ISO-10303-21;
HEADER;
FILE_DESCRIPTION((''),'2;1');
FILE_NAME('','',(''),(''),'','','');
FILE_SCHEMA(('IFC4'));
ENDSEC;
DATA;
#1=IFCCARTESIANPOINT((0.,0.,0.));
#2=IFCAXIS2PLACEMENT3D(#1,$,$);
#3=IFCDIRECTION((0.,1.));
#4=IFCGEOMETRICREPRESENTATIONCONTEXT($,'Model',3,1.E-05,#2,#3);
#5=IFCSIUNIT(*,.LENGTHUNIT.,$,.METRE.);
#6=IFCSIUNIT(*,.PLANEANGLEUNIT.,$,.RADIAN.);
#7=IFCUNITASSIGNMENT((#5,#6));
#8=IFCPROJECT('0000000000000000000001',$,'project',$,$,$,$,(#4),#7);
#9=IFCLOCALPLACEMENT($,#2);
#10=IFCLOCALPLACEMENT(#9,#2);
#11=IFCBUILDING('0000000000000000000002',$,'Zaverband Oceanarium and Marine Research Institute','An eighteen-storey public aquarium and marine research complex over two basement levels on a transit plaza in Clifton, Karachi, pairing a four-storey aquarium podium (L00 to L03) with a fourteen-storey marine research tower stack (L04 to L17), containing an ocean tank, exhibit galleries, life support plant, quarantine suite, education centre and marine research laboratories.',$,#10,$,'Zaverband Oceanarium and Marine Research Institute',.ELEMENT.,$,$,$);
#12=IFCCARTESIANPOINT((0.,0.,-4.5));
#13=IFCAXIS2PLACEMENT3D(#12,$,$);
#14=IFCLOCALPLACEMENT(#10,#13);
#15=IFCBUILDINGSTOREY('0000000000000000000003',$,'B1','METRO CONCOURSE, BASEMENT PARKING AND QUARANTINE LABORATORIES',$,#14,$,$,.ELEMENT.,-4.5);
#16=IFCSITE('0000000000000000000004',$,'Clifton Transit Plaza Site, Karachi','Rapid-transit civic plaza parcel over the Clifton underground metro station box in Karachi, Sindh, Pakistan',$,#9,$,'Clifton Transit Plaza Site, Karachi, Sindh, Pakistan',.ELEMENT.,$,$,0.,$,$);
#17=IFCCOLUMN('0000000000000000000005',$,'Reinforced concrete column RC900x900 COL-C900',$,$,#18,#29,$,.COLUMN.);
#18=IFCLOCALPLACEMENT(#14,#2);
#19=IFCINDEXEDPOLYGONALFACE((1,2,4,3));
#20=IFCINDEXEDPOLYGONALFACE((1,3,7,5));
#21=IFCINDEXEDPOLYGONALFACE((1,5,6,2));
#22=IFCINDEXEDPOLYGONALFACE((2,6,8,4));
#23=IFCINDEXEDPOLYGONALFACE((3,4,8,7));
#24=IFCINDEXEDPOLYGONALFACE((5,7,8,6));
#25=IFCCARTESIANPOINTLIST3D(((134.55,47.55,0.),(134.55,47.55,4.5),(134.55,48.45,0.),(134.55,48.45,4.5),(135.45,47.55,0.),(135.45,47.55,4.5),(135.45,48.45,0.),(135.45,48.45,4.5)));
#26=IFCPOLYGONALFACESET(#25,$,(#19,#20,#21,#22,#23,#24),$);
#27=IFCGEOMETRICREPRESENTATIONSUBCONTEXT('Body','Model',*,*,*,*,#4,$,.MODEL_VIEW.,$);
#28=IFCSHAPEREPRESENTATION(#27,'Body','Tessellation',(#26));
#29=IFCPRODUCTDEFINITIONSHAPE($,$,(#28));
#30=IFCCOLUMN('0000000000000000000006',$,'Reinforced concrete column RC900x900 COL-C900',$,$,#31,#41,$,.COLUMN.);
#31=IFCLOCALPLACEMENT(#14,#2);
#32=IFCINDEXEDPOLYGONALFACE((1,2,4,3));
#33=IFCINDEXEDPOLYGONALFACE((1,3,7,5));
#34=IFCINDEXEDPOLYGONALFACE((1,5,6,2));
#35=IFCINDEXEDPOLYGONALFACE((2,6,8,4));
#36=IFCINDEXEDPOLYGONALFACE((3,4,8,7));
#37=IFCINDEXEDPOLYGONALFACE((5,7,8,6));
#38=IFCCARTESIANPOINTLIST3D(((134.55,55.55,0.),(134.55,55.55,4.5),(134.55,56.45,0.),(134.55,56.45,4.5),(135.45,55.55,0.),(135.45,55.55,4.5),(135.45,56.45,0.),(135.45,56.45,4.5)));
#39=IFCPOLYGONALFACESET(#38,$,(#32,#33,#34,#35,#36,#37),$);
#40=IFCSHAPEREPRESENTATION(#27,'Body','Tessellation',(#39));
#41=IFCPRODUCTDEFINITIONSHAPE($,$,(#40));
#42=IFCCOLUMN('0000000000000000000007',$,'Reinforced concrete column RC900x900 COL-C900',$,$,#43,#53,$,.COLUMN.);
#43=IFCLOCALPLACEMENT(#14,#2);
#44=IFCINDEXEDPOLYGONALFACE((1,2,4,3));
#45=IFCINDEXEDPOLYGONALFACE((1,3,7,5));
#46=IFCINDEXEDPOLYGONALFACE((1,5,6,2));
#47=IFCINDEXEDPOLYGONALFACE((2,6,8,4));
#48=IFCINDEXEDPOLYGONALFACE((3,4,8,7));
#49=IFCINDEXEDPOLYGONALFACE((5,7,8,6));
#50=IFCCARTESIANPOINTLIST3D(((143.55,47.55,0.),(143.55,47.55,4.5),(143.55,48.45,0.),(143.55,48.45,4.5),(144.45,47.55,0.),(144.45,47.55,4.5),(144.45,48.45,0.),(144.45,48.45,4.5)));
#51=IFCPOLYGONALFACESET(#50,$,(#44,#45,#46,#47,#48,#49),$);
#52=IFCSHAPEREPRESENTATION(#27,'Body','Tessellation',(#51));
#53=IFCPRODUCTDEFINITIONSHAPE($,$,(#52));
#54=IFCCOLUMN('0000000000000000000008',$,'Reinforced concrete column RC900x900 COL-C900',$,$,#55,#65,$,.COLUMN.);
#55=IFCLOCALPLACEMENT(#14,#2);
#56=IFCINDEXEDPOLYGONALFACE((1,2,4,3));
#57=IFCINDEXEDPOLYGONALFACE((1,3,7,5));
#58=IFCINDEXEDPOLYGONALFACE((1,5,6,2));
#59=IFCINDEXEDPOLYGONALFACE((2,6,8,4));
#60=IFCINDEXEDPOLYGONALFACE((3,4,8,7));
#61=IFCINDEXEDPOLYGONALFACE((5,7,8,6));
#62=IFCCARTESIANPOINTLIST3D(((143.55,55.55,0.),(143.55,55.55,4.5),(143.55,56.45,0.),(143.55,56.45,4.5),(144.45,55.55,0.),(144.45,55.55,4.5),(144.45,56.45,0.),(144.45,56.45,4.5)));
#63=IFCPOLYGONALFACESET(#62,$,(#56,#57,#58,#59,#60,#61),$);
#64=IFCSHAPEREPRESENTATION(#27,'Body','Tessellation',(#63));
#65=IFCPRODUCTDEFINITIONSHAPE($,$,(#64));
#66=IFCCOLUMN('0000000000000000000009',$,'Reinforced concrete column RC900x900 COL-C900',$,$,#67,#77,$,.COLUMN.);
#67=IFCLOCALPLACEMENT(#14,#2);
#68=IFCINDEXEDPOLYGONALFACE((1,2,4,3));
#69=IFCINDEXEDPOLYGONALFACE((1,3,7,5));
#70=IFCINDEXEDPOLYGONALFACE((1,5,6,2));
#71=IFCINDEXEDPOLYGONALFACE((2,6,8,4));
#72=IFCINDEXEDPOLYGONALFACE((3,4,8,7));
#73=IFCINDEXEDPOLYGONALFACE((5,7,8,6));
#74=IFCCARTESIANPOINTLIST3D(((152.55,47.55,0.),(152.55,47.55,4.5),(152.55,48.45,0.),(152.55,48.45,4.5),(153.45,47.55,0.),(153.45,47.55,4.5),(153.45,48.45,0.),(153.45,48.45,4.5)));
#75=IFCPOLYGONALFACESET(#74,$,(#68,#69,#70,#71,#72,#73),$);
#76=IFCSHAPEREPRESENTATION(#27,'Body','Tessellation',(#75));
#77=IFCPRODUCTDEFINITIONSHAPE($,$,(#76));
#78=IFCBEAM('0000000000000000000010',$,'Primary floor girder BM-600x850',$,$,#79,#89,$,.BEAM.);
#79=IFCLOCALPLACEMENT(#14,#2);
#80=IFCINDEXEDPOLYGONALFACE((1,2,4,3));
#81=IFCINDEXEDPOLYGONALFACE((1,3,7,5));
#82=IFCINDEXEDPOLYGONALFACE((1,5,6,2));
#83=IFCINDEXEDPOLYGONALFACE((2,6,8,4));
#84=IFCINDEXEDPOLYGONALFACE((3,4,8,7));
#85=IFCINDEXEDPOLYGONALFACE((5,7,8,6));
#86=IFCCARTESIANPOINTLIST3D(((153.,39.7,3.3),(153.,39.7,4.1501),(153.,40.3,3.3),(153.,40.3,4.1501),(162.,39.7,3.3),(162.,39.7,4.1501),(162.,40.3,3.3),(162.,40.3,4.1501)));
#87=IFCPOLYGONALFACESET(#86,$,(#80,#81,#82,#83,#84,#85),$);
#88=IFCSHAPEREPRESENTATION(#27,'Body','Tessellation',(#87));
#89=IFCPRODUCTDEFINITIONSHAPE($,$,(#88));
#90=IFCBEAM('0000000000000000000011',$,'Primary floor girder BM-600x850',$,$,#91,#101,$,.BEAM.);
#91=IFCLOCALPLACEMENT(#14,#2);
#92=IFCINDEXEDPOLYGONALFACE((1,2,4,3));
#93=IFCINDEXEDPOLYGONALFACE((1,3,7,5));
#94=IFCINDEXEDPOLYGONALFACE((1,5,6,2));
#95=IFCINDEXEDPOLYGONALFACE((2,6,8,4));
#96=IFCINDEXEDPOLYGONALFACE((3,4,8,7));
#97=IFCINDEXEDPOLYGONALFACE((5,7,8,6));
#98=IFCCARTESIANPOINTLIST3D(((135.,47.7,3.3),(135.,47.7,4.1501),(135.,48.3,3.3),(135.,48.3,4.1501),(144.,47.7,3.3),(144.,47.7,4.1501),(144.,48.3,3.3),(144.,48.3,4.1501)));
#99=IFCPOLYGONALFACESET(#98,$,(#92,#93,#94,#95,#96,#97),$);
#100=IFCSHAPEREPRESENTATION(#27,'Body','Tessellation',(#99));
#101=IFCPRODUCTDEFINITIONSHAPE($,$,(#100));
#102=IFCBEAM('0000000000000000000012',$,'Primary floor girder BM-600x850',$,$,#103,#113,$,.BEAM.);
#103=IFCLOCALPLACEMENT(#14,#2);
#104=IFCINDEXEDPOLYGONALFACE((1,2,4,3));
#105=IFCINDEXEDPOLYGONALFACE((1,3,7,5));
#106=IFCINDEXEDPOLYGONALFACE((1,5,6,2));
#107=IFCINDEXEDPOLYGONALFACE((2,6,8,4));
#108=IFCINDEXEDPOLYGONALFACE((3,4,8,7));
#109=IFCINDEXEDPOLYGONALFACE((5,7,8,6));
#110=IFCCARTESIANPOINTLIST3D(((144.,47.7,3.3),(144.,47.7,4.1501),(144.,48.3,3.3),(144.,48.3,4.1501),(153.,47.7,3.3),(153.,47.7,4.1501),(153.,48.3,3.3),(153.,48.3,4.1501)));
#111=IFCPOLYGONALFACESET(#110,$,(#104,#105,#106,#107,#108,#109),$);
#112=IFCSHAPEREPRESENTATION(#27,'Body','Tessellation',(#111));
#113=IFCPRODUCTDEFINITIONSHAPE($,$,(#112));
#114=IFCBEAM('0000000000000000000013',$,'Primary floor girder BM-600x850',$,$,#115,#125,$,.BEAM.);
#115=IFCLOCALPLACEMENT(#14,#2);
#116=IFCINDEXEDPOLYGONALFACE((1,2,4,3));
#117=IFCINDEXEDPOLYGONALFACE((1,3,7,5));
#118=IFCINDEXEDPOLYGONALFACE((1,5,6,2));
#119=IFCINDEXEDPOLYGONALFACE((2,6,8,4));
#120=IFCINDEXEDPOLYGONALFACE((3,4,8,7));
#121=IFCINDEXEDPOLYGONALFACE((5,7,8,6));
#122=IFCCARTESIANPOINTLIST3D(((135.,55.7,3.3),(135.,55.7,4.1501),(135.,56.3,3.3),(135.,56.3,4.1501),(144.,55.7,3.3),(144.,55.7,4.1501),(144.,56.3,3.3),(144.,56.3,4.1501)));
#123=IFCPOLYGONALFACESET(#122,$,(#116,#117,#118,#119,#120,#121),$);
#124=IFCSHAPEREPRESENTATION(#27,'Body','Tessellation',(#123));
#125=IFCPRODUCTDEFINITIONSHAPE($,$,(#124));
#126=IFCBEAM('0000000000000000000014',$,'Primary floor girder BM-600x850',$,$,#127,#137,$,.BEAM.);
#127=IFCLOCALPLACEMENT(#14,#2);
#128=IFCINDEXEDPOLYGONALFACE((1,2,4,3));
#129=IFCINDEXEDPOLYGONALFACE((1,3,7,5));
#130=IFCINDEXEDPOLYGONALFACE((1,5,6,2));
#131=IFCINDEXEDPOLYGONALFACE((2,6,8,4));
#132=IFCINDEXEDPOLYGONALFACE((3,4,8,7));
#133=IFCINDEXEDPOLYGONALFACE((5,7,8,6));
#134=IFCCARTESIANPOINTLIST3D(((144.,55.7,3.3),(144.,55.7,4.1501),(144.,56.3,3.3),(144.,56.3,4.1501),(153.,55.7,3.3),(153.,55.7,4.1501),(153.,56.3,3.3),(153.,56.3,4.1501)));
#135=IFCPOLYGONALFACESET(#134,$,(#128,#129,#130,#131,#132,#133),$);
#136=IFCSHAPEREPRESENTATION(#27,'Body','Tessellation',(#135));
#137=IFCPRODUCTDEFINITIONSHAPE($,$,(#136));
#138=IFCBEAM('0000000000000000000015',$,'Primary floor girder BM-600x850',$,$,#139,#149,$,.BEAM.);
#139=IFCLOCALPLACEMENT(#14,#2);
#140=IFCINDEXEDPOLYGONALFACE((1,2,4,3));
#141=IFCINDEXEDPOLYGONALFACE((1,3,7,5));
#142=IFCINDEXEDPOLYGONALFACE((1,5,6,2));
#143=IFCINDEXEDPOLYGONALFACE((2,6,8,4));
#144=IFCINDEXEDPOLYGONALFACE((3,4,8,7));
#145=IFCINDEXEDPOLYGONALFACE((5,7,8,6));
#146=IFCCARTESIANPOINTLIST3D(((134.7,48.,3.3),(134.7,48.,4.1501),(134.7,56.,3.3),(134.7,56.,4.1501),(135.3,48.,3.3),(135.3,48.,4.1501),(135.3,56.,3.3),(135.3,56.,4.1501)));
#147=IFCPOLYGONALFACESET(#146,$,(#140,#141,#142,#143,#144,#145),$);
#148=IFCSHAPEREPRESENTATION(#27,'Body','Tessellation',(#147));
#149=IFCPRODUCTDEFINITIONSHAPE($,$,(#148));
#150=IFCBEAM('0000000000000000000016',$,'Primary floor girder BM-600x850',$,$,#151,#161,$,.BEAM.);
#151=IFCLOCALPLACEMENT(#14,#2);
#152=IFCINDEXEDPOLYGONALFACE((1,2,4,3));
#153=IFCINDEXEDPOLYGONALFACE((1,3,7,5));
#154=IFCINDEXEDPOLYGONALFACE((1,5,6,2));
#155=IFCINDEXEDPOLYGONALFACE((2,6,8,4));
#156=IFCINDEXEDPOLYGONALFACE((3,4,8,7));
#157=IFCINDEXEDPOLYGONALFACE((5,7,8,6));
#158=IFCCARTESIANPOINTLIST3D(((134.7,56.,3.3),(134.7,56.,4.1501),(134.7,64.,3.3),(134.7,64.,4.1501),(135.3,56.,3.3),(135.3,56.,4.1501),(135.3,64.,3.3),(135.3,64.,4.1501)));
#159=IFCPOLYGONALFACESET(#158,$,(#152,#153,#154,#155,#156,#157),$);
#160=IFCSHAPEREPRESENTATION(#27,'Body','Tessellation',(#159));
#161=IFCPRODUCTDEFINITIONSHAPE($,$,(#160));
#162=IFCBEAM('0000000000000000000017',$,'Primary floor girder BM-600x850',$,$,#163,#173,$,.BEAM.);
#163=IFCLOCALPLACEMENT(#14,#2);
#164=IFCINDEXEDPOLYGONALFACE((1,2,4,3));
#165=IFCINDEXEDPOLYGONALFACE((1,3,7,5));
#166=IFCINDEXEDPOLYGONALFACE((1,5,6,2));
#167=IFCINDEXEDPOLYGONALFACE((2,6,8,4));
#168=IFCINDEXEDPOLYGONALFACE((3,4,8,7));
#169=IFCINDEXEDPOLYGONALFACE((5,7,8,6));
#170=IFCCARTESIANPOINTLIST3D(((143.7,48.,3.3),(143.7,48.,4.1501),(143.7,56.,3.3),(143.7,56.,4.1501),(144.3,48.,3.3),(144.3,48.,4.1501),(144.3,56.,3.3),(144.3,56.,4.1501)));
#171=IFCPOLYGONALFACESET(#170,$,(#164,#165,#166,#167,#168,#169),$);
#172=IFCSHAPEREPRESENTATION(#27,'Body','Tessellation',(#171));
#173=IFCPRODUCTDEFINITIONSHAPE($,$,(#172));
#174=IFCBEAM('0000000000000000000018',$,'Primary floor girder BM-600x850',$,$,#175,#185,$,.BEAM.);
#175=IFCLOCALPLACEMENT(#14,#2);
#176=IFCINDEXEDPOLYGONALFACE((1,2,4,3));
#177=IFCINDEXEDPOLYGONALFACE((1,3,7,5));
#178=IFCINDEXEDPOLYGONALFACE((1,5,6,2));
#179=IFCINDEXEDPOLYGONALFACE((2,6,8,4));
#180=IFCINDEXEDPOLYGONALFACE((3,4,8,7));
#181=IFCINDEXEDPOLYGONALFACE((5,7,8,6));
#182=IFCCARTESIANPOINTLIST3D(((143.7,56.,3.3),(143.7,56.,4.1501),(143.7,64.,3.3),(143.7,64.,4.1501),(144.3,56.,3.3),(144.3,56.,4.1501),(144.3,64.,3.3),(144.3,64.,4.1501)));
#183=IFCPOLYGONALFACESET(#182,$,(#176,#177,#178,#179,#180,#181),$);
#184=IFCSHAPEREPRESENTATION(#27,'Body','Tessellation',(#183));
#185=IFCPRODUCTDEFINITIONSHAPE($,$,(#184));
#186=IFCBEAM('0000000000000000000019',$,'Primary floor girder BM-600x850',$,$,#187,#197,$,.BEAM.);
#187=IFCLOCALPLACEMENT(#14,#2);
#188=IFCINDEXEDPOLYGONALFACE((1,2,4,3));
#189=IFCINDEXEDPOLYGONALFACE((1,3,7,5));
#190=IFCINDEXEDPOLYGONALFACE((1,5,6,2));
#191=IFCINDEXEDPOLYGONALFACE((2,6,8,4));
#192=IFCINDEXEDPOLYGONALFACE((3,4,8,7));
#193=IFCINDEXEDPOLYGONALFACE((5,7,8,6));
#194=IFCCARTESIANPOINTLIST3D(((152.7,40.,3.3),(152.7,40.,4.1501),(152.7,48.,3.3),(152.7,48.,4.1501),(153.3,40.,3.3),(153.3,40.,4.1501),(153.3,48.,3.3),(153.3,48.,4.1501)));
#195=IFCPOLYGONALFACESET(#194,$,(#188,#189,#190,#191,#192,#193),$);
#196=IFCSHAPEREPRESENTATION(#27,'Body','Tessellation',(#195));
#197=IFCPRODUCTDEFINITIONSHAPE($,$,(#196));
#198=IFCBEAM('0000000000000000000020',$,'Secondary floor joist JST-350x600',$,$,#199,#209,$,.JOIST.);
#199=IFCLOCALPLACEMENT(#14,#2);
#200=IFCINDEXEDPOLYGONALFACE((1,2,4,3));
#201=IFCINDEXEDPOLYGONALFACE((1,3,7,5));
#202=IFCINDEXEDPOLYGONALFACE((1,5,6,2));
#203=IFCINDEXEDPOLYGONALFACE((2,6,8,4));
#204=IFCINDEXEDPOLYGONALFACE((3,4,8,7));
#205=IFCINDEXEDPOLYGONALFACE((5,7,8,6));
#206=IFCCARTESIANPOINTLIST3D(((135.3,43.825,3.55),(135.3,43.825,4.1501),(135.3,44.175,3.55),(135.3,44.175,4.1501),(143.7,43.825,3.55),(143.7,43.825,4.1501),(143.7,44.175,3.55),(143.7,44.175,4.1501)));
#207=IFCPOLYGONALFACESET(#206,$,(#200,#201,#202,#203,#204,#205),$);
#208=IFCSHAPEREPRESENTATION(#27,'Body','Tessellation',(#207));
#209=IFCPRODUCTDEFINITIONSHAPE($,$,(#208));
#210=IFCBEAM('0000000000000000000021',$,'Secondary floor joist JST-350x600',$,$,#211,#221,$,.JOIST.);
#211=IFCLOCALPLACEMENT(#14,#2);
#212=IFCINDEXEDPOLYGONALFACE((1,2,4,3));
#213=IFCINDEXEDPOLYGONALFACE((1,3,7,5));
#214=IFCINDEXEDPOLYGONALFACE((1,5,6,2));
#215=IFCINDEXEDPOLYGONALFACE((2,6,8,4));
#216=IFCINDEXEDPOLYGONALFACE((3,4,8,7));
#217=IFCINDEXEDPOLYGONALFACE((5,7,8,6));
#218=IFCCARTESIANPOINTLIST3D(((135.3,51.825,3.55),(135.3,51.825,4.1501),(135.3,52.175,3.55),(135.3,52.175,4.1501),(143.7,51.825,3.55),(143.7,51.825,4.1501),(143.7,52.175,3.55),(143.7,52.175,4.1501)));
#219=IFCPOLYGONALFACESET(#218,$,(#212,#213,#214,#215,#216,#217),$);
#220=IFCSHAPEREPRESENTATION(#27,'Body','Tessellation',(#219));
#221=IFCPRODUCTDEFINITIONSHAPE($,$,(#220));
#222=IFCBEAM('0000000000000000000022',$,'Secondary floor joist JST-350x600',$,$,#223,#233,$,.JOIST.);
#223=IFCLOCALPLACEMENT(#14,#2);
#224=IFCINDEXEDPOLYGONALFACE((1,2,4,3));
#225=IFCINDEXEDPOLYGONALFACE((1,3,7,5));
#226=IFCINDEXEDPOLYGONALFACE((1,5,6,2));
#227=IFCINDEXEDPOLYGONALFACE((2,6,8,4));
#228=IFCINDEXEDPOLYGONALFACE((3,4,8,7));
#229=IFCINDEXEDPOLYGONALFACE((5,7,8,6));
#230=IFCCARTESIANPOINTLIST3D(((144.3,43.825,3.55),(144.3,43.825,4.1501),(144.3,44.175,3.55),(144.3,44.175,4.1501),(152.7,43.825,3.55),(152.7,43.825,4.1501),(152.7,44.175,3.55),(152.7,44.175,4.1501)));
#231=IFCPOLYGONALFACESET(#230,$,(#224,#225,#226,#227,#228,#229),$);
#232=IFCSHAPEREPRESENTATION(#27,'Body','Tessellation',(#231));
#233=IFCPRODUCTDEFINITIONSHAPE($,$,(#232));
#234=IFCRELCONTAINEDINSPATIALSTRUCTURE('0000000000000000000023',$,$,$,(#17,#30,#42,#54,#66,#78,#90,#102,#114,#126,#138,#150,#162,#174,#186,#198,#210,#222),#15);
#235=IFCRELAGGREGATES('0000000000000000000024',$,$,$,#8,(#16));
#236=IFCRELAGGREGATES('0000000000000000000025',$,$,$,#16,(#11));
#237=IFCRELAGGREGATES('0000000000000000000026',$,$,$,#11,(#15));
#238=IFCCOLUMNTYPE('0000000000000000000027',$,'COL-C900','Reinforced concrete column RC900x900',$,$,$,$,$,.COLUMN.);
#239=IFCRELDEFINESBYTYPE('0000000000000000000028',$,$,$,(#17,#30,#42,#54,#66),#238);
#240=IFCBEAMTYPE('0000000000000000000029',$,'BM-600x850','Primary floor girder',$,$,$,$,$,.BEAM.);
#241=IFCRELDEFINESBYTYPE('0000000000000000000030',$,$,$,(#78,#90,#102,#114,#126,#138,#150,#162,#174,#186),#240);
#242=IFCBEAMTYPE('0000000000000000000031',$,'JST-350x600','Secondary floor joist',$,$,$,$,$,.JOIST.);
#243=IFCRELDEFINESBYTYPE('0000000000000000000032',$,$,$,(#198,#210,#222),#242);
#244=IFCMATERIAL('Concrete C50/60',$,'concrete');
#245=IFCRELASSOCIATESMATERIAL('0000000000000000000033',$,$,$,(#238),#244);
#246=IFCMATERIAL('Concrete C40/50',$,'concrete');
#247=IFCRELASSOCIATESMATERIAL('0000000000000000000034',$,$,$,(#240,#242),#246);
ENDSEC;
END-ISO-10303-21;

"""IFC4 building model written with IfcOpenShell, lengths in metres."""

from ifc_helpers import new_model, si_unit, direction, frame, origin, origin_2d, place, context, subcontext, project, spatial, rectangle, extrude, material, material_profile, profile_set, type_object, element, save


model = new_model("IFC4")

# Units and contexts
model_context = context("Model", 3, precision=1e-05, world=origin(), true_north=direction((0.0, 1.0)))
body_context = subcontext(model_context, "Body", "Model", "MODEL_VIEW")
ifc_project = project(units=[si_unit("LENGTHUNIT", "METRE"), si_unit("PLANEANGLEUNIT", "RADIAN")], contexts=[model_context])

# Site, building, storey
site_placement = place(None, origin())
site = spatial("IfcSite", under=ifc_project, at=site_placement, Name="Clifton Transit Plaza Site, Karachi", Description="Rapid-transit civic plaza parcel over the Clifton underground metro station box in Karachi, Sindh, Pakistan", LongName="Clifton Transit Plaza Site, Karachi, Sindh, Pakistan", CompositionType="ELEMENT", RefElevation=0.0)
building_placement = place(site_placement, origin())
building = spatial("IfcBuilding", under=site, at=building_placement, Name="Zaverband Oceanarium and Marine Research Institute", Description="An eighteen-storey public aquarium and marine research complex over two basement levels on a transit plaza in Clifton, Karachi, pairing a four-storey aquarium podium (L00 to L03) with a fourteen-storey marine research tower stack (L04 to L17), containing an ocean tank, exhibit galleries, life support plant, quarantine suite, education centre and marine research laboratories.", LongName="Zaverband Oceanarium and Marine Research Institute", CompositionType="ELEMENT")
storey_placement = place(building_placement, frame((0.0, 0.0, -4.5)))
storey = spatial("IfcBuildingStorey", under=building, at=storey_placement, Name="B1", Description="METRO CONCOURSE, BASEMENT PARKING AND QUARANTINE LABORATORIES", CompositionType="ELEMENT", Elevation=-4.5)

# Columns
ifc_material_1 = material(Name="Concrete C50/60", Category="concrete")
ifc_material_profile_1 = material_profile(ifc_material_1, rectangle(XDim=0.8999, YDim=0.8999, at=origin_2d()), Name="RC900x900")
ifc_profile_set_1 = profile_set([ifc_material_profile_1], Name="Concrete C50/60")
column_type = type_object("IfcColumnType", Name="COL-C900", Description="Reinforced concrete column RC900x900", PredefinedType="COLUMN", material=ifc_profile_set_1)
for number, where, z_axis, x_axis, name in (
    (1, (135.0, 48.0, 0.0), (0.0, 0.0, 1.0), (1.0, 0.0, 0.0), "Reinforced concrete column RC900x900 COL-C900"),
    (2, (135.0, 56.0, 0.0), (0.0, 0.0, 1.0), (1.0, 0.0, 0.0), "Reinforced concrete column RC900x900 COL-C900"),
    (3, (144.0, 48.0, 0.0), (0.0, 0.0, 1.0), (1.0, 0.0, 0.0), "Reinforced concrete column RC900x900 COL-C900"),
    (4, (144.0, 56.0, 0.0), (0.0, 0.0, 1.0), (1.0, 0.0, 0.0), "Reinforced concrete column RC900x900 COL-C900"),
    (5, (153.0, 48.0, 0.0), (0.0, 0.0, 1.0), (1.0, 0.0, 0.0), "Reinforced concrete column RC900x900 COL-C900"),
):
    element("IfcColumn", number, at=place(storey_placement, frame(where, z_axis=z_axis, x_axis=x_axis)), inside=storey, type_object=column_type, Name=name, PredefinedType="COLUMN", context=body_context, shape_type="SweptSolid", body=[
        extrude(rectangle(XDim=0.8999, YDim=0.8999, at=origin_2d()), origin(), (0.0, 0.0, 1.0), 4.5),
    ])

# Beams
ifc_material_2 = material(Name="Concrete C40/50", Category="concrete")
ifc_material_profile_2 = material_profile(ifc_material_2, rectangle(XDim=0.6001, YDim=0.8501, at=origin_2d()), Name="RC600x850")
ifc_profile_set_2 = profile_set([ifc_material_profile_2], Name="Concrete C40/50")
beam_type_1 = type_object("IfcBeamType", Name="BM-600x850", Description="Primary floor girder", PredefinedType="BEAM", material=ifc_profile_set_2)
for number, where, z_axis, x_axis, name in (
    (6, (153.0, 40.0, 3.7251), (1.0, 0.0, 0.0), (0.0, 1.0, 0.0), "Primary floor girder BM-600x850"),
    (7, (135.0, 48.0, 3.7251), (1.0, 0.0, 0.0), (0.0, 1.0, 0.0), "Primary floor girder BM-600x850"),
    (8, (144.0, 48.0, 3.7251), (1.0, 0.0, 0.0), (0.0, 1.0, 0.0), "Primary floor girder BM-600x850"),
    (9, (135.0, 56.0, 3.7251), (1.0, 0.0, 0.0), (0.0, 1.0, 0.0), "Primary floor girder BM-600x850"),
    (10, (144.0, 56.0, 3.7251), (1.0, 0.0, 0.0), (0.0, 1.0, 0.0), "Primary floor girder BM-600x850"),
):
    element("IfcBeam", number, at=place(storey_placement, frame(where, z_axis=z_axis, x_axis=x_axis)), inside=storey, type_object=beam_type_1, Name=name, PredefinedType="BEAM", context=body_context, shape_type="SweptSolid", body=[
        extrude(rectangle(XDim=0.6001, YDim=0.8501, at=origin_2d()), origin(), (0.0, 0.0, 1.0), 9.0),
    ])
for number, where, z_axis, x_axis, name in (
    (11, (135.0, 48.0, 3.7251), (0.0, 1.0, 0.0), (-1.0, 0.0, 0.0), "Primary floor girder BM-600x850"),
    (12, (135.0, 56.0, 3.7251), (0.0, 1.0, 0.0), (-1.0, 0.0, 0.0), "Primary floor girder BM-600x850"),
    (13, (144.0, 48.0, 3.7251), (0.0, 1.0, 0.0), (-1.0, 0.0, 0.0), "Primary floor girder BM-600x850"),
    (14, (144.0, 56.0, 3.7251), (0.0, 1.0, 0.0), (-1.0, 0.0, 0.0), "Primary floor girder BM-600x850"),
    (15, (153.0, 40.0, 3.7251), (0.0, 1.0, 0.0), (-1.0, 0.0, 0.0), "Primary floor girder BM-600x850"),
):
    element("IfcBeam", number, at=place(storey_placement, frame(where, z_axis=z_axis, x_axis=x_axis)), inside=storey, type_object=beam_type_1, Name=name, PredefinedType="BEAM", context=body_context, shape_type="SweptSolid", body=[
        extrude(rectangle(XDim=0.6001, YDim=0.8501, at=origin_2d()), origin(), (0.0, 0.0, 1.0), 8.0),
    ])
ifc_material_profile_3 = material_profile(ifc_material_2, rectangle(XDim=0.3501, YDim=0.6001, at=origin_2d()), Name="RC350x600")
ifc_profile_set_3 = profile_set([ifc_material_profile_3], Name="Concrete C40/50")
beam_type_2 = type_object("IfcBeamType", Name="JST-350x600", Description="Secondary floor joist", PredefinedType="JOIST", material=ifc_profile_set_3)
for number, where, z_axis, x_axis, name in (
    (16, (135.3, 44.0, 3.8501), (1.0, 0.0, 0.0), (0.0, 1.0, 0.0), "Secondary floor joist JST-350x600"),
    (17, (135.3, 52.0, 3.8501), (1.0, 0.0, 0.0), (0.0, 1.0, 0.0), "Secondary floor joist JST-350x600"),
    (18, (144.3, 44.0, 3.8501), (1.0, 0.0, 0.0), (0.0, 1.0, 0.0), "Secondary floor joist JST-350x600"),
):
    element("IfcBeam", number, at=place(storey_placement, frame(where, z_axis=z_axis, x_axis=x_axis)), inside=storey, type_object=beam_type_2, Name=name, PredefinedType="JOIST", context=body_context, shape_type="SweptSolid", body=[
        extrude(rectangle(XDim=0.3501, YDim=0.6001, at=origin_2d()), origin(), (0.0, 0.0, 1.0), 8.3999),
    ])

save(model, "model.ifc")
